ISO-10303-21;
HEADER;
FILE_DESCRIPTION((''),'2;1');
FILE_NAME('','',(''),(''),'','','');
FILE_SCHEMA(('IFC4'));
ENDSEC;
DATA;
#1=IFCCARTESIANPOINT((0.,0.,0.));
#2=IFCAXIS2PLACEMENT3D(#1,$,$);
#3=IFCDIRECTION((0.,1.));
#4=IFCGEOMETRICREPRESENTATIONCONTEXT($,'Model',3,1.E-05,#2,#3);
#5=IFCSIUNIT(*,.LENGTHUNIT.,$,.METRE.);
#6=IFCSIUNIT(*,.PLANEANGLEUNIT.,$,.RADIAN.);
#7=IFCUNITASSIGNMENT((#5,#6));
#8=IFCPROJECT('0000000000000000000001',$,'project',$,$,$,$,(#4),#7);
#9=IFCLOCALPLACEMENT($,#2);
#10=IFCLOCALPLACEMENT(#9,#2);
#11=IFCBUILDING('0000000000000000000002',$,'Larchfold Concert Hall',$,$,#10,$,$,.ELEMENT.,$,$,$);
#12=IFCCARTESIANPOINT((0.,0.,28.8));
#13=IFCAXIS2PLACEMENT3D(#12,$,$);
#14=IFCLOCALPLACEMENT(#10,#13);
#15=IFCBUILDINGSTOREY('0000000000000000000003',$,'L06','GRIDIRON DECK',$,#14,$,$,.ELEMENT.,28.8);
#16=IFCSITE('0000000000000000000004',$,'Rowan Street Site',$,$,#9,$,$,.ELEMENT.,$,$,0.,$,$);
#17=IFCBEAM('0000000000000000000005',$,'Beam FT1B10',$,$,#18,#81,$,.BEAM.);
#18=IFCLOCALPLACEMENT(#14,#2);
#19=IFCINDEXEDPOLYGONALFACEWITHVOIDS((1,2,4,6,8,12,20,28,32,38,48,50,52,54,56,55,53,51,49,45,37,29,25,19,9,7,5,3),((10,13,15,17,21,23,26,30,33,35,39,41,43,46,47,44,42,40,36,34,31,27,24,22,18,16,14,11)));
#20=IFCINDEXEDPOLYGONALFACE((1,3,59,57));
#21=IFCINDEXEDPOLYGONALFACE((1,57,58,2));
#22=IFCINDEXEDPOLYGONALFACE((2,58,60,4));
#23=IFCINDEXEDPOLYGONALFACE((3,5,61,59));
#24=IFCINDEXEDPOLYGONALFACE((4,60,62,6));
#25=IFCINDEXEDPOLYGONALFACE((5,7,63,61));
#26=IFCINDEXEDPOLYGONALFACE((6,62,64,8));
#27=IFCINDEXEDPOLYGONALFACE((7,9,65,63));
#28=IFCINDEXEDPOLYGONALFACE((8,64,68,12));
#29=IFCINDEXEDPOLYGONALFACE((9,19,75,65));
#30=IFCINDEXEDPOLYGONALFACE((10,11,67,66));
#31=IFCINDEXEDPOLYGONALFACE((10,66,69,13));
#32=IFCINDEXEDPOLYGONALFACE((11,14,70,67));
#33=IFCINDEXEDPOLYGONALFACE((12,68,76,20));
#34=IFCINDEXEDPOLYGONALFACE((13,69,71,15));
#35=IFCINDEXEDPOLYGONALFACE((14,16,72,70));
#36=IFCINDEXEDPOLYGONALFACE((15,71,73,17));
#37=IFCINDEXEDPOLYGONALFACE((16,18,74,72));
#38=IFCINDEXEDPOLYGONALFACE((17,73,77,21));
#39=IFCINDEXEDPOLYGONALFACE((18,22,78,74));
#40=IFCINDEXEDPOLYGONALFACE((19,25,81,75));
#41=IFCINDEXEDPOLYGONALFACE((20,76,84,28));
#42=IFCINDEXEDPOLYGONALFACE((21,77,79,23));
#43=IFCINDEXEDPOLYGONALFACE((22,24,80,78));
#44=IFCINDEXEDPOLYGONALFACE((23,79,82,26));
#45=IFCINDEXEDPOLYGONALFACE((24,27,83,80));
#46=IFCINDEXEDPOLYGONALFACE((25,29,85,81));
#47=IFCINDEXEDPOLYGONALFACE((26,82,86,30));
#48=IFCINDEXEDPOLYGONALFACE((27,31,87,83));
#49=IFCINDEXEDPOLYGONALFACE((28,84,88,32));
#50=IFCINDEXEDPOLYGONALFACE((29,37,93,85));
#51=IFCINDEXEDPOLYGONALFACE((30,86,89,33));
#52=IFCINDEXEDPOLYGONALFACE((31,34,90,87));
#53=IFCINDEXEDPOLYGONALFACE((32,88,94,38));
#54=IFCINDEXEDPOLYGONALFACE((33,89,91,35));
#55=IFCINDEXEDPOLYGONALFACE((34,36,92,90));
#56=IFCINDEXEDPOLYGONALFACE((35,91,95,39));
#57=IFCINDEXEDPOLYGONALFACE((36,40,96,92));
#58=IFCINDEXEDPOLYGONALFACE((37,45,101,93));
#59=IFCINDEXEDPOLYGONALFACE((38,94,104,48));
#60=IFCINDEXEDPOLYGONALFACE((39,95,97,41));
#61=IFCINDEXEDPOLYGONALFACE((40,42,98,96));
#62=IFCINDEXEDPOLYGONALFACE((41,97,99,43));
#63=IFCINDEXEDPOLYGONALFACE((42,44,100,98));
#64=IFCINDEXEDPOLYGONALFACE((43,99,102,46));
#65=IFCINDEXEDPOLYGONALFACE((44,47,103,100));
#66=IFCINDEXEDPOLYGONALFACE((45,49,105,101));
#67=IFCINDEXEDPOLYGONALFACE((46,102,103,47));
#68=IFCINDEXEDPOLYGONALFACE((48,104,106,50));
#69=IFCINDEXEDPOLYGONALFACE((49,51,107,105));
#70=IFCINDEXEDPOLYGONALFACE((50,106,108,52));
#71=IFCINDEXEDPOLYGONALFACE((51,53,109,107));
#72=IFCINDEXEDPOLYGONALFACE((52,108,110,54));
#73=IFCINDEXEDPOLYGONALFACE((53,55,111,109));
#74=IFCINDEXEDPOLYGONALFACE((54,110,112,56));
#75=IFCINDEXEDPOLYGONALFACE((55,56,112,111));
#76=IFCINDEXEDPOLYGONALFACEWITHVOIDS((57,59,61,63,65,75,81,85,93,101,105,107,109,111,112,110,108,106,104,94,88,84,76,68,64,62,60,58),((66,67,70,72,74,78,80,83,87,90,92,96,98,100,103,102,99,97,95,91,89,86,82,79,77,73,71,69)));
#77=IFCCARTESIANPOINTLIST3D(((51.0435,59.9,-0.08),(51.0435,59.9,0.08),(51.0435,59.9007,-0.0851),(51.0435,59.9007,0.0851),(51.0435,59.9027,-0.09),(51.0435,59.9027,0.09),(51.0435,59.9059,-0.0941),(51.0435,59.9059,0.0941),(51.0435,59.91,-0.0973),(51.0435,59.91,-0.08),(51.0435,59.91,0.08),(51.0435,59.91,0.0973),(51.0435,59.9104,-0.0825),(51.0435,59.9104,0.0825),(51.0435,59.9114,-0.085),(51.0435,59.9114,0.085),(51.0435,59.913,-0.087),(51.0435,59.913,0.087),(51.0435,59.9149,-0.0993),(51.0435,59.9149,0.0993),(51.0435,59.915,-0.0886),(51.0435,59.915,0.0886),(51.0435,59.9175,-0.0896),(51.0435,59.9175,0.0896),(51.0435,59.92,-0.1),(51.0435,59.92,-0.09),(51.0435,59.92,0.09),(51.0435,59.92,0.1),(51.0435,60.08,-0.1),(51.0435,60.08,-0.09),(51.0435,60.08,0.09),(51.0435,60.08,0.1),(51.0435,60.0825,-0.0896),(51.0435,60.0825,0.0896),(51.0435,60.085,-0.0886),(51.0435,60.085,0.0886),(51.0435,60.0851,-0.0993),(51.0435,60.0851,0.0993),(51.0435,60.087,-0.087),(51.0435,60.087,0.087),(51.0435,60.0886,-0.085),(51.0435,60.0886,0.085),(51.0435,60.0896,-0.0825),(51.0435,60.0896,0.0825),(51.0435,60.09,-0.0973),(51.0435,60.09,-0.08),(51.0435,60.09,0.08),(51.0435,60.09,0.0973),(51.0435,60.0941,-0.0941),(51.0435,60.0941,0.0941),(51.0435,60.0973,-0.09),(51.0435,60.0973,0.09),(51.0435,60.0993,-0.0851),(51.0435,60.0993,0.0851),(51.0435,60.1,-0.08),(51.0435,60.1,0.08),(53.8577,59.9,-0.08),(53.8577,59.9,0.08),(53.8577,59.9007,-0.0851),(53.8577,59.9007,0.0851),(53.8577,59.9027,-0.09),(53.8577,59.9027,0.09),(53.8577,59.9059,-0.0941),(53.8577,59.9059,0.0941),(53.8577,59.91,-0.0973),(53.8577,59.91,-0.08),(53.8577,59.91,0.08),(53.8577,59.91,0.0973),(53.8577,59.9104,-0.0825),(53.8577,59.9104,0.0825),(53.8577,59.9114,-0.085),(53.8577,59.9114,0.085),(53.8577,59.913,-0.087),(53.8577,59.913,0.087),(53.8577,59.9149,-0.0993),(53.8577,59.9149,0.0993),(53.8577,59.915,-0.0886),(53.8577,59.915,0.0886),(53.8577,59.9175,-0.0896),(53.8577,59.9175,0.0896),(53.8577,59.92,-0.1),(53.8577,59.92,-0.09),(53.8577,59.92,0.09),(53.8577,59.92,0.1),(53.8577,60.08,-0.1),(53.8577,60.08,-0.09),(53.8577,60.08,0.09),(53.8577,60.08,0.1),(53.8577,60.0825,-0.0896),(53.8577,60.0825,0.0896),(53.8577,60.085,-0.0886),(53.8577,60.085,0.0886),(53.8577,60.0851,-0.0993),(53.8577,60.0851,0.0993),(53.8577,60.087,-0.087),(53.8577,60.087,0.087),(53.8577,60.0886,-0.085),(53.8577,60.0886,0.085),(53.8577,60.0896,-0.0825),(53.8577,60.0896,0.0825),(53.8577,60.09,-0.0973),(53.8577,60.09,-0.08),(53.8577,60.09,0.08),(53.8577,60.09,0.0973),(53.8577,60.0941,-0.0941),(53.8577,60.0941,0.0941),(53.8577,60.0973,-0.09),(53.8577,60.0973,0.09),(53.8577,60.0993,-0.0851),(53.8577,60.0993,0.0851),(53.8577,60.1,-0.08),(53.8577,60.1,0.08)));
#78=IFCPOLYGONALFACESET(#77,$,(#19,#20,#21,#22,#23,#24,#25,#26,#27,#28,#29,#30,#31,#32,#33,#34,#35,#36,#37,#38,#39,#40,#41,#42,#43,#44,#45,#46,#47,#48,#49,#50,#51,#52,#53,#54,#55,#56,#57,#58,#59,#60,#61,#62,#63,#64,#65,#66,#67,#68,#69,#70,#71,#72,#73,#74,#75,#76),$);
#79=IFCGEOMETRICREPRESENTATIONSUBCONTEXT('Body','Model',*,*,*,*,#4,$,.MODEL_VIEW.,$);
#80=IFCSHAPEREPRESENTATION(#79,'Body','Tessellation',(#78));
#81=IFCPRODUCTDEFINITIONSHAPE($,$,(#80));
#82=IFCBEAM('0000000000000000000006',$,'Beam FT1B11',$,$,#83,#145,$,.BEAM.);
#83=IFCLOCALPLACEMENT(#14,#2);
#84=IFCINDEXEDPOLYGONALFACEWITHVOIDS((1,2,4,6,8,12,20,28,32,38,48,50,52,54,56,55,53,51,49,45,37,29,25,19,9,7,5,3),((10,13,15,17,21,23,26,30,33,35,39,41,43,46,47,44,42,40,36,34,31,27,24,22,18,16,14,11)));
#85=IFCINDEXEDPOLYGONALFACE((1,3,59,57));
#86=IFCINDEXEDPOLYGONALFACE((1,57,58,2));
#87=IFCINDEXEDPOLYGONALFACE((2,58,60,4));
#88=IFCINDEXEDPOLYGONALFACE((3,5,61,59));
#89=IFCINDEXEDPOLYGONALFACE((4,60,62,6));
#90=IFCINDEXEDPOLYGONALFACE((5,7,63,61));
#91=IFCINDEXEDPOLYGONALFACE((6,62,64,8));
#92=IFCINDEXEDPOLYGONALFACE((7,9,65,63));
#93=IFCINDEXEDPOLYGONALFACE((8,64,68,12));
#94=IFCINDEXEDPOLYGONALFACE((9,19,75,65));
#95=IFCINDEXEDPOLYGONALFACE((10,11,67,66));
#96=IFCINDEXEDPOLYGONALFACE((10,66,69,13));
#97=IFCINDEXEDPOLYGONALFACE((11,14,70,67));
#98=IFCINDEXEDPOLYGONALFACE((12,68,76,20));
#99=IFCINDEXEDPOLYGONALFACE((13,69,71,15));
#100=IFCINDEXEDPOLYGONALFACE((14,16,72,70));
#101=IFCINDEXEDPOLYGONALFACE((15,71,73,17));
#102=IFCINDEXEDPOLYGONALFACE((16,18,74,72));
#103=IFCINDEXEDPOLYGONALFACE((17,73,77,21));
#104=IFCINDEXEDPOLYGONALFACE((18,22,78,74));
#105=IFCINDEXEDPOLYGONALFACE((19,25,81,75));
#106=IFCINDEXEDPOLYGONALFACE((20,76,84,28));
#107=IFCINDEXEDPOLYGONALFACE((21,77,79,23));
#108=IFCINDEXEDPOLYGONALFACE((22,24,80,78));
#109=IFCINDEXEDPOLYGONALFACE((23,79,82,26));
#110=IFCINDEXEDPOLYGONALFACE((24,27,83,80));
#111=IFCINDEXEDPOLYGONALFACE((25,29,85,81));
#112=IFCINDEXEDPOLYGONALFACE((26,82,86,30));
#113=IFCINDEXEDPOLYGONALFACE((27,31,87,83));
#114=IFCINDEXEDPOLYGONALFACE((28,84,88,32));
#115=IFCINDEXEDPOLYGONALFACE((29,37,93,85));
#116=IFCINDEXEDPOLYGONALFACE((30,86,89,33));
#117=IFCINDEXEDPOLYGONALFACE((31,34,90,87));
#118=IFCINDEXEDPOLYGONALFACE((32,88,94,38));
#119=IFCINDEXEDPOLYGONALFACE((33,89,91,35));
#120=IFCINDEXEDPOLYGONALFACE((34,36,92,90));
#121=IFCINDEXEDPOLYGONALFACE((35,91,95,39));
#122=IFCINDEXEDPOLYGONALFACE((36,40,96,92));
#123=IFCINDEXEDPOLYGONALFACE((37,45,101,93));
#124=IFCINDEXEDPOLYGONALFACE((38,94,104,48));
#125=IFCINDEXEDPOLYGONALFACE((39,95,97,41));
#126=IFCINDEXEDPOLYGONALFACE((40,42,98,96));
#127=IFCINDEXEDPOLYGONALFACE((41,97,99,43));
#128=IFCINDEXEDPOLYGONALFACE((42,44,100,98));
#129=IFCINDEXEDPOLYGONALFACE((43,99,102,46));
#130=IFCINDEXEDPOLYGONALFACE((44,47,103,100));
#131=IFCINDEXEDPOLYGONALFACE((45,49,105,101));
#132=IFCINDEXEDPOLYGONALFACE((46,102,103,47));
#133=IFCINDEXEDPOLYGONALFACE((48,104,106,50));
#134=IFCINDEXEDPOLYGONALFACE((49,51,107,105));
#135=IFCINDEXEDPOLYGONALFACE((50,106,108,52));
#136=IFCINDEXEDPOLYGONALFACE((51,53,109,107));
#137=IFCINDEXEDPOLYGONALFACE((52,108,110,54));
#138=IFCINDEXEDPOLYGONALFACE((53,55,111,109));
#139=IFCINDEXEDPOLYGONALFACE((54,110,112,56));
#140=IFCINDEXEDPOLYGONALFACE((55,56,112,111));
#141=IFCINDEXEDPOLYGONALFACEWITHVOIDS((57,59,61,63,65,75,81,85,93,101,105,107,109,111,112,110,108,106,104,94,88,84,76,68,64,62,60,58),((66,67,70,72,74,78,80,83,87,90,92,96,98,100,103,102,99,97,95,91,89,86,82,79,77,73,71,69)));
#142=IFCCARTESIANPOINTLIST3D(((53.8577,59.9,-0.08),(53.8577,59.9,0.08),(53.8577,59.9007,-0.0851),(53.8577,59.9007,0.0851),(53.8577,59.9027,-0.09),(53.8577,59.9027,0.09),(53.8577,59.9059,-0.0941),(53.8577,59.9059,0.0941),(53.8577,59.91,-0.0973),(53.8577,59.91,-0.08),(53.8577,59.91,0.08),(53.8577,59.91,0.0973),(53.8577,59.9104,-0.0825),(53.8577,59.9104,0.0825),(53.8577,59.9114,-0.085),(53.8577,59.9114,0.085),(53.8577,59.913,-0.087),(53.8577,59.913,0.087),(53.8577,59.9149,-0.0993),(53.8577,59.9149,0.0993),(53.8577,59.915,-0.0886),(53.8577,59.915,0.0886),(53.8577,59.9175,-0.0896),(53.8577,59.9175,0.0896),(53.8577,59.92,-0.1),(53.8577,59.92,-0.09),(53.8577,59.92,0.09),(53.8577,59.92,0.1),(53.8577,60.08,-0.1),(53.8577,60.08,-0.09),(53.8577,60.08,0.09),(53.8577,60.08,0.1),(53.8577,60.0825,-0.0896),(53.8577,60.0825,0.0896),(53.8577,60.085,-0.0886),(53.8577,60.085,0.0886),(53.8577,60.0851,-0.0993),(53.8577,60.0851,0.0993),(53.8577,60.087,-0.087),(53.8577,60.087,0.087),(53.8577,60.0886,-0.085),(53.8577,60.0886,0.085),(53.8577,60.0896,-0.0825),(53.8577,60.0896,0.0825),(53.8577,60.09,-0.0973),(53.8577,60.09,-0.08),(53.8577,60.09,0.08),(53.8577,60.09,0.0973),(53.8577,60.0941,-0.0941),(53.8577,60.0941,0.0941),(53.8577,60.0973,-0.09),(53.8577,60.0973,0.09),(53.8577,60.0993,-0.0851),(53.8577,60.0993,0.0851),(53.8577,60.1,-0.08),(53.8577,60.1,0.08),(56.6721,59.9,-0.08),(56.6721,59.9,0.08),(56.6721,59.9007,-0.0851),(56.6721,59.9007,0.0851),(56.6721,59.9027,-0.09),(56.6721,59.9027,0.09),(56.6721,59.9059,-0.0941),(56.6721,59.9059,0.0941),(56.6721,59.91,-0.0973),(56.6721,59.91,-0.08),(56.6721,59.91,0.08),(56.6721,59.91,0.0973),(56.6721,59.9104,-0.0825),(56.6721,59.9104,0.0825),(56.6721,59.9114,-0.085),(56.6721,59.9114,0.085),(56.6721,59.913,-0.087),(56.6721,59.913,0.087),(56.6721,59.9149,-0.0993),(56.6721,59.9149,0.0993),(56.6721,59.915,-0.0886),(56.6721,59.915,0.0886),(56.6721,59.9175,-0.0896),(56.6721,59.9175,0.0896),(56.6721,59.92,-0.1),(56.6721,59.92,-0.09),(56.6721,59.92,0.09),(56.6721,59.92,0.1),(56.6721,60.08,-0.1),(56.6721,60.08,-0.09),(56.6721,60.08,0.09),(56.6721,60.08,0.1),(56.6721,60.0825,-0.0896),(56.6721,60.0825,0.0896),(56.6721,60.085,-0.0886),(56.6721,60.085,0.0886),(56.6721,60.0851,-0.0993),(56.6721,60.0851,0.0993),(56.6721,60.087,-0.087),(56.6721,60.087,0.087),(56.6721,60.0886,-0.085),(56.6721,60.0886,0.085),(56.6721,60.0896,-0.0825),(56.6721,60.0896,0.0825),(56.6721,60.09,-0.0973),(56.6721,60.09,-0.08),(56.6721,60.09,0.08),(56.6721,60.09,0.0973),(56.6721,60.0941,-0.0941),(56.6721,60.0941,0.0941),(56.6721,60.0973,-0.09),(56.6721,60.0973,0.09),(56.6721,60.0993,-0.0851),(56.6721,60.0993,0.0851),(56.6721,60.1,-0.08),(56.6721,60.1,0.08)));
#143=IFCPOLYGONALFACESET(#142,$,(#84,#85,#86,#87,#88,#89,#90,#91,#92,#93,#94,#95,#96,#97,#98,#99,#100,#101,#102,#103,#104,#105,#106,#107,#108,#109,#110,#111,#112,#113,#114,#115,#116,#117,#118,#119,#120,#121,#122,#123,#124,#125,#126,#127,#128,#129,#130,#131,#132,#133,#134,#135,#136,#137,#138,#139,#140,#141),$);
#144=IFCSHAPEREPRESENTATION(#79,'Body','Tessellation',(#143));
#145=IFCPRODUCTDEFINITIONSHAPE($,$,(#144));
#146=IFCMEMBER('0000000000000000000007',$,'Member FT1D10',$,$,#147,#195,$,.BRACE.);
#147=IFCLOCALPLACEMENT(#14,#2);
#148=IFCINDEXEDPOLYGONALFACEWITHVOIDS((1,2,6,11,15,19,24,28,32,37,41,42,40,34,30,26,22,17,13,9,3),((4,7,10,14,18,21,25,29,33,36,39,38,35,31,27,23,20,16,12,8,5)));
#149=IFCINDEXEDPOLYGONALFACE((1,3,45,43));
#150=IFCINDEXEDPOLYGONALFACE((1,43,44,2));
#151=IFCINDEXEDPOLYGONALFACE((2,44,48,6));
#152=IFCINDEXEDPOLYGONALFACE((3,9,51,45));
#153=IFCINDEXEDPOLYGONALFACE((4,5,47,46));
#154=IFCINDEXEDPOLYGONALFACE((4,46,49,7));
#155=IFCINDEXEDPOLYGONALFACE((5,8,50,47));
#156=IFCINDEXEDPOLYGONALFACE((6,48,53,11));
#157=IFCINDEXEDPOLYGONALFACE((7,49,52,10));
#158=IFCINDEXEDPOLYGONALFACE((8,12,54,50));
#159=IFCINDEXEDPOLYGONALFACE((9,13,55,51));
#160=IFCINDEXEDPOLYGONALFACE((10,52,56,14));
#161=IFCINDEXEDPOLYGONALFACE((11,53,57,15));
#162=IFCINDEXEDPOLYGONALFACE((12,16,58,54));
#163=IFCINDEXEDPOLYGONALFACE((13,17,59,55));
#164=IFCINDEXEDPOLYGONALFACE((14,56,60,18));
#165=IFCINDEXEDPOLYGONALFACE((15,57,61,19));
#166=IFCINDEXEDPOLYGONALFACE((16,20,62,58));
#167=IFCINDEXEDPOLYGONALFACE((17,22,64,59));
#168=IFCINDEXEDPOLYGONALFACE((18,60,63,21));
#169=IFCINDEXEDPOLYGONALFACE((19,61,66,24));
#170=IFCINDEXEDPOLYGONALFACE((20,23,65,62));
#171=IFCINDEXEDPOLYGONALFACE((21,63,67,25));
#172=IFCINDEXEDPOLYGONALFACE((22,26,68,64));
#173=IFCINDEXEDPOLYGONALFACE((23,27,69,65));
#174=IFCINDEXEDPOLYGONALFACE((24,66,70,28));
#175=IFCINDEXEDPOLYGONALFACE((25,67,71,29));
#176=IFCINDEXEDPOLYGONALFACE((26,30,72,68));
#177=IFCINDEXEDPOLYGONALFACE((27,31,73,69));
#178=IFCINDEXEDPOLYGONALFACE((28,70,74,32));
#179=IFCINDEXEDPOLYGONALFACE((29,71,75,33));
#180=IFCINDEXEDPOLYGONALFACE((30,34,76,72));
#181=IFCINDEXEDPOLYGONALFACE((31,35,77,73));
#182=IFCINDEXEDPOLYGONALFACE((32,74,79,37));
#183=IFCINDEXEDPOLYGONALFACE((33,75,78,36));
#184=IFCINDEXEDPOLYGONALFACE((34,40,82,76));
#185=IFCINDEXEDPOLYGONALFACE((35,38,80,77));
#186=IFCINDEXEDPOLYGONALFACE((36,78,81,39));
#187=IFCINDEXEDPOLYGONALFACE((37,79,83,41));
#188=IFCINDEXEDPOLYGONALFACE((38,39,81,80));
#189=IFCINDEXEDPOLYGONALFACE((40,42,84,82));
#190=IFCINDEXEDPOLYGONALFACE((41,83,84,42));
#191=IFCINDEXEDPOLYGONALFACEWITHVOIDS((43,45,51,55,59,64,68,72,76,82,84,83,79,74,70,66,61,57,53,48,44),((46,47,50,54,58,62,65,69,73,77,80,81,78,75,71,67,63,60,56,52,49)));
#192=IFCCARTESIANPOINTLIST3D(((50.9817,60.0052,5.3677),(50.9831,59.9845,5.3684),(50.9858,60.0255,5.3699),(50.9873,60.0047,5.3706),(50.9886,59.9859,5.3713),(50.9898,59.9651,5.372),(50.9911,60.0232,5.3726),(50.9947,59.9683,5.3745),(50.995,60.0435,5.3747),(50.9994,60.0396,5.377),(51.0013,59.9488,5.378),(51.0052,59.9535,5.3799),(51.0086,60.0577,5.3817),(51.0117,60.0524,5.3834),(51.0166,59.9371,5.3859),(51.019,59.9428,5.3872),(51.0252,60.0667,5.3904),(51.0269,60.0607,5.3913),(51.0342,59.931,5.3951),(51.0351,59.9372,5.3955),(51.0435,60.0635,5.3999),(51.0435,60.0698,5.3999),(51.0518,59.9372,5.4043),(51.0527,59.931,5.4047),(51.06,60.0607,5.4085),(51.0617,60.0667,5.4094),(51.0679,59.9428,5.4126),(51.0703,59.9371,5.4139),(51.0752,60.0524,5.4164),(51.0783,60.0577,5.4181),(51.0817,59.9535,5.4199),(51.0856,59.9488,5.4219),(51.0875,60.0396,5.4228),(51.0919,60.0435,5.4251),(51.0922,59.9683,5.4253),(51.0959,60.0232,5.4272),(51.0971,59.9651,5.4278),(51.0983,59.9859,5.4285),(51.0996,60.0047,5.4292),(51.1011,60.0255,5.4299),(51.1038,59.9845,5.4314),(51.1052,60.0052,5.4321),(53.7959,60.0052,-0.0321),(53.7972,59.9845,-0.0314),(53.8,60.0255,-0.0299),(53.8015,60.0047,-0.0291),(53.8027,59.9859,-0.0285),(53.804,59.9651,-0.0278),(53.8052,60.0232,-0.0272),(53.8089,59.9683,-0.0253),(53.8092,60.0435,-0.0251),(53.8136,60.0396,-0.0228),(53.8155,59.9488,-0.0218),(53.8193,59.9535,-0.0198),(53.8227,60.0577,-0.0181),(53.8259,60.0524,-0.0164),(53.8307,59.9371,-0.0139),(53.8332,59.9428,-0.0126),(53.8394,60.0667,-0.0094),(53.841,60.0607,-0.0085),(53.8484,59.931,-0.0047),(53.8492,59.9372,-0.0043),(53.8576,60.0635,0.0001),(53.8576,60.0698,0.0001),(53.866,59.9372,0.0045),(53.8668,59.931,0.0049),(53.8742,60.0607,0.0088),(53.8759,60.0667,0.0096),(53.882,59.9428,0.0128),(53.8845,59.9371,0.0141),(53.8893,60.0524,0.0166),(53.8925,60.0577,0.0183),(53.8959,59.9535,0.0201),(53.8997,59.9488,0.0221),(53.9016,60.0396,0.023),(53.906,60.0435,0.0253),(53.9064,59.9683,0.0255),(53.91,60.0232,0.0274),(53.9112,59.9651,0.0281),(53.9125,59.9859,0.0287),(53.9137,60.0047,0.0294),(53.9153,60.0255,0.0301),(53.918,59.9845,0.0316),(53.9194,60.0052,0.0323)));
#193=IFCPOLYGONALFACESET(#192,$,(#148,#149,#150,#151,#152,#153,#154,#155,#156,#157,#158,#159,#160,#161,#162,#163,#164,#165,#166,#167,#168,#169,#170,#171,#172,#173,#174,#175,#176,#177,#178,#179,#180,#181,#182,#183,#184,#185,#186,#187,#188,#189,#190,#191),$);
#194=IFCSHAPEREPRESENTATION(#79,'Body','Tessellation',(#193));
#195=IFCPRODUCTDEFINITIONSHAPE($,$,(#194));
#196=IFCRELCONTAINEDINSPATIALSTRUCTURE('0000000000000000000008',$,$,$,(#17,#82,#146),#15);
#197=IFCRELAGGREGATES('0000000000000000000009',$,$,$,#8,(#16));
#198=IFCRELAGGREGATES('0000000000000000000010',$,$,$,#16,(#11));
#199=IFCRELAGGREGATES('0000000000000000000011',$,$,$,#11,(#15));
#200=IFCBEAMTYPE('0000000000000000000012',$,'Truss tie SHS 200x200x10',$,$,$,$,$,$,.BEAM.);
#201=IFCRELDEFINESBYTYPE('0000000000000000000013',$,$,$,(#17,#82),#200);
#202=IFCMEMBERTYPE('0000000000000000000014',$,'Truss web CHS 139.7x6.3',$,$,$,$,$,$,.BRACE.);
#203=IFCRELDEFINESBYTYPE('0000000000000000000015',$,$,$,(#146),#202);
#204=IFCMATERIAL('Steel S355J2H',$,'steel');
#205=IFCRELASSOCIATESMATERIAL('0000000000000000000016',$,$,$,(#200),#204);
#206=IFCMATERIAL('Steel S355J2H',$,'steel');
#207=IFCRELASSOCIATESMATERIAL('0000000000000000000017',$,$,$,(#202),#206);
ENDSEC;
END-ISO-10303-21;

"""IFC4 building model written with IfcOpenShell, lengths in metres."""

from ifc_helpers import new_model, si_unit, direction, frame, origin, origin_2d, place, context, subcontext, project, spatial, hollow_rectangle, hollow_circle, extrude, material, material_profile, profile_set, type_object, element, save


model = new_model("IFC4")

# Units and contexts
model_context = context("Model", 3, precision=1e-05, world=origin(), true_north=direction((0.0, 1.0)))
body_context = subcontext(model_context, "Body", "Model", "MODEL_VIEW")
ifc_project = project(units=[si_unit("LENGTHUNIT", "METRE"), si_unit("PLANEANGLEUNIT", "RADIAN")], contexts=[model_context])

# Site, building, storey
site_placement = place(None, origin())
site = spatial("IfcSite", under=ifc_project, at=site_placement, Name="Rowan Street Site", CompositionType="ELEMENT", RefElevation=0.0)
building_placement = place(site_placement, origin())
building = spatial("IfcBuilding", under=site, at=building_placement, Name="Larchfold Concert Hall", CompositionType="ELEMENT")
storey_placement = place(building_placement, frame((0.0, 0.0, 28.8)))
storey = spatial("IfcBuildingStorey", under=building, at=storey_placement, Name="L06", Description="GRIDIRON DECK", CompositionType="ELEMENT", Elevation=28.8)

# Beams
ifc_material_1 = material(Name="Steel S355J2H", Category="steel")
ifc_material_profile_1 = material_profile(ifc_material_1, hollow_rectangle(XDim=0.2, YDim=0.2, WallThickness=0.01, InnerFilletRadius=0.01, OuterFilletRadius=0.02, at=origin_2d()))
ifc_profile_set_1 = profile_set([ifc_material_profile_1], Name="Steel S355J2H")
beam_type_1 = type_object("IfcBeamType", Name="Truss tie SHS 200x200x10", PredefinedType="BEAM", material=ifc_profile_set_1)
beam_1_placement = place(storey_placement, frame((51.0435, 60.0, 0.0), z_axis=(1.0, 0.0, 0.0), x_axis=(0.0, 1.0, 0.0)))
element("IfcBeam", 1, at=beam_1_placement, inside=storey, type_object=beam_type_1, Name="Beam FT1B10", PredefinedType="BEAM", context=body_context, shape_type="SweptSolid", body=[
    extrude(hollow_rectangle(XDim=0.2, YDim=0.2, WallThickness=0.01, InnerFilletRadius=0.01, OuterFilletRadius=0.02, at=origin_2d()), origin(), (0.0, 0.0, 1.0), 2.8142),
])
beam_2_placement = place(storey_placement, frame((53.8577, 60.0, 0.0), z_axis=(1.0, 0.0, 0.0), x_axis=(0.0, 1.0, 0.0)))
element("IfcBeam", 2, at=beam_2_placement, inside=storey, type_object=beam_type_1, Name="Beam FT1B11", PredefinedType="BEAM", context=body_context, shape_type="SweptSolid", body=[
    extrude(hollow_rectangle(XDim=0.2, YDim=0.2, WallThickness=0.01, InnerFilletRadius=0.01, OuterFilletRadius=0.02, at=origin_2d()), origin(), (0.0, 0.0, 1.0), 2.8145),
])

# Member
ifc_material_2 = material(Name="Steel S355J2H", Category="steel")
ifc_material_profile_2 = material_profile(ifc_material_2, hollow_circle(Radius=0.0698, WallThickness=0.0063, at=origin_2d()))
ifc_profile_set_2 = profile_set([ifc_material_profile_2], Name="Steel S355J2H")
member_type_1 = type_object("IfcMemberType", Name="Truss web CHS 139.7x6.3", PredefinedType="BRACE", material=ifc_profile_set_2)
member_1_placement = place(storey_placement, frame((51.0435, 60.0, 5.3999), z_axis=(0.462162, 0.0, -0.886796), x_axis=(0.0, 1.0, 0.0)))
element("IfcMember", 3, at=member_1_placement, inside=storey, type_object=member_type_1, Name="Member FT1D10", PredefinedType="BRACE", context=body_context, shape_type="SweptSolid", body=[
    extrude(hollow_circle(Radius=0.0698, WallThickness=0.0063, at=origin_2d()), origin(), (0.0, 0.0, 1.0), 6.0891),
])

save(model, "model.ifc")
